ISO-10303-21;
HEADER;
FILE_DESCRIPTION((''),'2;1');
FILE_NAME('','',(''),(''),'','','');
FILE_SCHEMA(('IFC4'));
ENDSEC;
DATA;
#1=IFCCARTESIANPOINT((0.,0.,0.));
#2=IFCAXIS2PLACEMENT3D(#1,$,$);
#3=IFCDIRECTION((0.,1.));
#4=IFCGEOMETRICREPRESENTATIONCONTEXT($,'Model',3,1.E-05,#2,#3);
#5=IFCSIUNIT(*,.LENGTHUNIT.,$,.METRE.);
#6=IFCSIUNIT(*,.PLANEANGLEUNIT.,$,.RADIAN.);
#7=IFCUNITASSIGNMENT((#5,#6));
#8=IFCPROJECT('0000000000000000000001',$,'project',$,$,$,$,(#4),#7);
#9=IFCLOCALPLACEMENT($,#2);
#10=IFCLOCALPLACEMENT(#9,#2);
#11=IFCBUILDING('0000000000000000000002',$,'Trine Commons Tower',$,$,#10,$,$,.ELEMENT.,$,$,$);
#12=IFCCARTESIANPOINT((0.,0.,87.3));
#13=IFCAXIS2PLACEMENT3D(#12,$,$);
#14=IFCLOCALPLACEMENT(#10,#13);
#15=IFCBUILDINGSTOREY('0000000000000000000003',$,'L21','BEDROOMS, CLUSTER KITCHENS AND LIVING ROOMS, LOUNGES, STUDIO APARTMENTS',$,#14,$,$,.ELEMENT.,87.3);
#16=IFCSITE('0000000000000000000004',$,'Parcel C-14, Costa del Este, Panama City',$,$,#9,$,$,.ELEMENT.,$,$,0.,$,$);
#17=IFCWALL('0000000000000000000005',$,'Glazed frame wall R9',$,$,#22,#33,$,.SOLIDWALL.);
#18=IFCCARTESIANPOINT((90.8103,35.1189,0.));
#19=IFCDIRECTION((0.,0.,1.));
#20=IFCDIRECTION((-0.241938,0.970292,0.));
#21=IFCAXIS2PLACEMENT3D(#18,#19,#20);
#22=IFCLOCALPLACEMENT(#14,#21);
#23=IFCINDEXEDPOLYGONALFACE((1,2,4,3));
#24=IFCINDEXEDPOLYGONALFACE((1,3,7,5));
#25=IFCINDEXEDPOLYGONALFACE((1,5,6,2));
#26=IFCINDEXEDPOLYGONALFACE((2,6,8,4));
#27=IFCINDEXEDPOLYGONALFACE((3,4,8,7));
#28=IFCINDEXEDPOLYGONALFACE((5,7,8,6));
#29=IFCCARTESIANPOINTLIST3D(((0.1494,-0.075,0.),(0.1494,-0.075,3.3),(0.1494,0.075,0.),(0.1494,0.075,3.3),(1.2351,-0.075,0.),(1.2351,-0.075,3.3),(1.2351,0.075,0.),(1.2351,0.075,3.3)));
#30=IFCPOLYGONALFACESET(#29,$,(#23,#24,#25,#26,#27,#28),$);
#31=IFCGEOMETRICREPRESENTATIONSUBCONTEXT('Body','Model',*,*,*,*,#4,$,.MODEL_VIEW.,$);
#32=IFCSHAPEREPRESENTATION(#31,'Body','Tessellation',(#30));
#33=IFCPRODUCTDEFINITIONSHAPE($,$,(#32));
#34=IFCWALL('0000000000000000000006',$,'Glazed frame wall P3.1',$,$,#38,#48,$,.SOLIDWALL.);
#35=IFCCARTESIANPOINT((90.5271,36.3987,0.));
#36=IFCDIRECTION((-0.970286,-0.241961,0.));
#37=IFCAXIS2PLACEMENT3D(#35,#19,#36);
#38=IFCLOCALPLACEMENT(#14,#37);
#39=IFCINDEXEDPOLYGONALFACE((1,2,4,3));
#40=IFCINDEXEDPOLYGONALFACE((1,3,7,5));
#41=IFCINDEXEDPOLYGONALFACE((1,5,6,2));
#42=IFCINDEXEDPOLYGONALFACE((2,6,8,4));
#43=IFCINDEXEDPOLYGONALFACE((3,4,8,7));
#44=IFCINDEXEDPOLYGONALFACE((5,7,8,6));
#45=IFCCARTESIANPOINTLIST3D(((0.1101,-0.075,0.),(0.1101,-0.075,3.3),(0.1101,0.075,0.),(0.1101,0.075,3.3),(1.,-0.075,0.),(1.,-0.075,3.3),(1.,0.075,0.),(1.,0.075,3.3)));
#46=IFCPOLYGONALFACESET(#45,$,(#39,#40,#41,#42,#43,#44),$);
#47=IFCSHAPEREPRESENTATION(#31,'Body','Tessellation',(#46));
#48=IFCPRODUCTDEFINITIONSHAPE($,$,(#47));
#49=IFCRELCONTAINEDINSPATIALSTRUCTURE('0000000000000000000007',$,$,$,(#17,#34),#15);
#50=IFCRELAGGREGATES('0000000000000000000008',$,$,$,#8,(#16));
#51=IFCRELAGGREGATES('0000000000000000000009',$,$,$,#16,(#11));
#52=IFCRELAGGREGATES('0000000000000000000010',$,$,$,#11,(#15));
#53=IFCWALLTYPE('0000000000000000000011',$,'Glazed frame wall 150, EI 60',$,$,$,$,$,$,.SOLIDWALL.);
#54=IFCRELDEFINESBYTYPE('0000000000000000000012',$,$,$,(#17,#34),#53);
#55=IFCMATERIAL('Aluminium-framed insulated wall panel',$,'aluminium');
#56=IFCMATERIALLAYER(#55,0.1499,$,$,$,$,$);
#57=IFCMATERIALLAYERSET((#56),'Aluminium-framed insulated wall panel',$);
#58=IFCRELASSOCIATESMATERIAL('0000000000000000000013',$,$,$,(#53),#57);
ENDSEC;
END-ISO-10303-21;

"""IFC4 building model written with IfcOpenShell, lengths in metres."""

from ifc_helpers import new_model, si_unit, direction, frame, origin, place, context, subcontext, project, spatial, polyline, outline, extrude, material, layer, layer_set, type_object, element, save


model = new_model("IFC4")

# Units and contexts
model_context = context("Model", 3, precision=1e-05, world=origin(), true_north=direction((0.0, 1.0)))
body_context = subcontext(model_context, "Body", "Model", "MODEL_VIEW")
ifc_project = project(units=[si_unit("LENGTHUNIT", "METRE"), si_unit("PLANEANGLEUNIT", "RADIAN")], contexts=[model_context])

# Site, building, storey
site_placement = place(None, origin())
site = spatial("IfcSite", under=ifc_project, at=site_placement, Name="Parcel C-14, Costa del Este, Panama City", CompositionType="ELEMENT", RefElevation=0.0)
building_placement = place(site_placement, origin())
building = spatial("IfcBuilding", under=site, at=building_placement, Name="Trine Commons Tower", CompositionType="ELEMENT")
storey_placement = place(building_placement, frame((0.0, 0.0, 87.3)))
storey = spatial("IfcBuildingStorey", under=building, at=storey_placement, Name="L21", Description="BEDROOMS, CLUSTER KITCHENS AND LIVING ROOMS, LOUNGES, STUDIO APARTMENTS", CompositionType="ELEMENT", Elevation=87.3)

# Walls
ifc_material_1 = material(Name="Aluminium-framed insulated wall panel", Category="aluminium")
ifc_layer_1 = layer(ifc_material_1, 0.1499)
ifc_layer_set_1 = layer_set([ifc_layer_1], Name="Aluminium-framed insulated wall panel")
wall_type_1 = type_object("IfcWallType", Name="Glazed frame wall 150, EI 60", PredefinedType="SOLIDWALL", material=ifc_layer_set_1)
wall_1_placement = place(storey_placement, frame((90.8103, 35.1189, 0.0), z_axis=(0.0, 0.0, 1.0), x_axis=(-0.241938, 0.970292, 0.0)))
element("IfcWall", 1, at=wall_1_placement, inside=storey, type_object=wall_type_1, Name="Glazed frame wall R9", PredefinedType="SOLIDWALL", context=body_context, shape_type="SweptSolid", body=[
    extrude(outline(polyline([(0.1494, 0.075), (0.1494, -0.075), (1.2351, -0.075), (1.2351, 0.075), (0.1494, 0.075)])), origin(), (0.0, 0.0, 1.0), 3.3),
])
wall_2_placement = place(storey_placement, frame((90.5271, 36.3987, 0.0), z_axis=(0.0, 0.0, 1.0), x_axis=(-0.970286, -0.241961, 0.0)))
element("IfcWall", 2, at=wall_2_placement, inside=storey, type_object=wall_type_1, Name="Glazed frame wall P3.1", PredefinedType="SOLIDWALL", context=body_context, shape_type="SweptSolid", body=[
    extrude(outline(polyline([(0.1101, -0.075), (1.0, -0.075), (1.0, 0.075), (0.1101, 0.075), (0.1101, -0.075)])), origin(), (0.0, 0.0, 1.0), 3.3),
])

save(model, "model.ifc")
